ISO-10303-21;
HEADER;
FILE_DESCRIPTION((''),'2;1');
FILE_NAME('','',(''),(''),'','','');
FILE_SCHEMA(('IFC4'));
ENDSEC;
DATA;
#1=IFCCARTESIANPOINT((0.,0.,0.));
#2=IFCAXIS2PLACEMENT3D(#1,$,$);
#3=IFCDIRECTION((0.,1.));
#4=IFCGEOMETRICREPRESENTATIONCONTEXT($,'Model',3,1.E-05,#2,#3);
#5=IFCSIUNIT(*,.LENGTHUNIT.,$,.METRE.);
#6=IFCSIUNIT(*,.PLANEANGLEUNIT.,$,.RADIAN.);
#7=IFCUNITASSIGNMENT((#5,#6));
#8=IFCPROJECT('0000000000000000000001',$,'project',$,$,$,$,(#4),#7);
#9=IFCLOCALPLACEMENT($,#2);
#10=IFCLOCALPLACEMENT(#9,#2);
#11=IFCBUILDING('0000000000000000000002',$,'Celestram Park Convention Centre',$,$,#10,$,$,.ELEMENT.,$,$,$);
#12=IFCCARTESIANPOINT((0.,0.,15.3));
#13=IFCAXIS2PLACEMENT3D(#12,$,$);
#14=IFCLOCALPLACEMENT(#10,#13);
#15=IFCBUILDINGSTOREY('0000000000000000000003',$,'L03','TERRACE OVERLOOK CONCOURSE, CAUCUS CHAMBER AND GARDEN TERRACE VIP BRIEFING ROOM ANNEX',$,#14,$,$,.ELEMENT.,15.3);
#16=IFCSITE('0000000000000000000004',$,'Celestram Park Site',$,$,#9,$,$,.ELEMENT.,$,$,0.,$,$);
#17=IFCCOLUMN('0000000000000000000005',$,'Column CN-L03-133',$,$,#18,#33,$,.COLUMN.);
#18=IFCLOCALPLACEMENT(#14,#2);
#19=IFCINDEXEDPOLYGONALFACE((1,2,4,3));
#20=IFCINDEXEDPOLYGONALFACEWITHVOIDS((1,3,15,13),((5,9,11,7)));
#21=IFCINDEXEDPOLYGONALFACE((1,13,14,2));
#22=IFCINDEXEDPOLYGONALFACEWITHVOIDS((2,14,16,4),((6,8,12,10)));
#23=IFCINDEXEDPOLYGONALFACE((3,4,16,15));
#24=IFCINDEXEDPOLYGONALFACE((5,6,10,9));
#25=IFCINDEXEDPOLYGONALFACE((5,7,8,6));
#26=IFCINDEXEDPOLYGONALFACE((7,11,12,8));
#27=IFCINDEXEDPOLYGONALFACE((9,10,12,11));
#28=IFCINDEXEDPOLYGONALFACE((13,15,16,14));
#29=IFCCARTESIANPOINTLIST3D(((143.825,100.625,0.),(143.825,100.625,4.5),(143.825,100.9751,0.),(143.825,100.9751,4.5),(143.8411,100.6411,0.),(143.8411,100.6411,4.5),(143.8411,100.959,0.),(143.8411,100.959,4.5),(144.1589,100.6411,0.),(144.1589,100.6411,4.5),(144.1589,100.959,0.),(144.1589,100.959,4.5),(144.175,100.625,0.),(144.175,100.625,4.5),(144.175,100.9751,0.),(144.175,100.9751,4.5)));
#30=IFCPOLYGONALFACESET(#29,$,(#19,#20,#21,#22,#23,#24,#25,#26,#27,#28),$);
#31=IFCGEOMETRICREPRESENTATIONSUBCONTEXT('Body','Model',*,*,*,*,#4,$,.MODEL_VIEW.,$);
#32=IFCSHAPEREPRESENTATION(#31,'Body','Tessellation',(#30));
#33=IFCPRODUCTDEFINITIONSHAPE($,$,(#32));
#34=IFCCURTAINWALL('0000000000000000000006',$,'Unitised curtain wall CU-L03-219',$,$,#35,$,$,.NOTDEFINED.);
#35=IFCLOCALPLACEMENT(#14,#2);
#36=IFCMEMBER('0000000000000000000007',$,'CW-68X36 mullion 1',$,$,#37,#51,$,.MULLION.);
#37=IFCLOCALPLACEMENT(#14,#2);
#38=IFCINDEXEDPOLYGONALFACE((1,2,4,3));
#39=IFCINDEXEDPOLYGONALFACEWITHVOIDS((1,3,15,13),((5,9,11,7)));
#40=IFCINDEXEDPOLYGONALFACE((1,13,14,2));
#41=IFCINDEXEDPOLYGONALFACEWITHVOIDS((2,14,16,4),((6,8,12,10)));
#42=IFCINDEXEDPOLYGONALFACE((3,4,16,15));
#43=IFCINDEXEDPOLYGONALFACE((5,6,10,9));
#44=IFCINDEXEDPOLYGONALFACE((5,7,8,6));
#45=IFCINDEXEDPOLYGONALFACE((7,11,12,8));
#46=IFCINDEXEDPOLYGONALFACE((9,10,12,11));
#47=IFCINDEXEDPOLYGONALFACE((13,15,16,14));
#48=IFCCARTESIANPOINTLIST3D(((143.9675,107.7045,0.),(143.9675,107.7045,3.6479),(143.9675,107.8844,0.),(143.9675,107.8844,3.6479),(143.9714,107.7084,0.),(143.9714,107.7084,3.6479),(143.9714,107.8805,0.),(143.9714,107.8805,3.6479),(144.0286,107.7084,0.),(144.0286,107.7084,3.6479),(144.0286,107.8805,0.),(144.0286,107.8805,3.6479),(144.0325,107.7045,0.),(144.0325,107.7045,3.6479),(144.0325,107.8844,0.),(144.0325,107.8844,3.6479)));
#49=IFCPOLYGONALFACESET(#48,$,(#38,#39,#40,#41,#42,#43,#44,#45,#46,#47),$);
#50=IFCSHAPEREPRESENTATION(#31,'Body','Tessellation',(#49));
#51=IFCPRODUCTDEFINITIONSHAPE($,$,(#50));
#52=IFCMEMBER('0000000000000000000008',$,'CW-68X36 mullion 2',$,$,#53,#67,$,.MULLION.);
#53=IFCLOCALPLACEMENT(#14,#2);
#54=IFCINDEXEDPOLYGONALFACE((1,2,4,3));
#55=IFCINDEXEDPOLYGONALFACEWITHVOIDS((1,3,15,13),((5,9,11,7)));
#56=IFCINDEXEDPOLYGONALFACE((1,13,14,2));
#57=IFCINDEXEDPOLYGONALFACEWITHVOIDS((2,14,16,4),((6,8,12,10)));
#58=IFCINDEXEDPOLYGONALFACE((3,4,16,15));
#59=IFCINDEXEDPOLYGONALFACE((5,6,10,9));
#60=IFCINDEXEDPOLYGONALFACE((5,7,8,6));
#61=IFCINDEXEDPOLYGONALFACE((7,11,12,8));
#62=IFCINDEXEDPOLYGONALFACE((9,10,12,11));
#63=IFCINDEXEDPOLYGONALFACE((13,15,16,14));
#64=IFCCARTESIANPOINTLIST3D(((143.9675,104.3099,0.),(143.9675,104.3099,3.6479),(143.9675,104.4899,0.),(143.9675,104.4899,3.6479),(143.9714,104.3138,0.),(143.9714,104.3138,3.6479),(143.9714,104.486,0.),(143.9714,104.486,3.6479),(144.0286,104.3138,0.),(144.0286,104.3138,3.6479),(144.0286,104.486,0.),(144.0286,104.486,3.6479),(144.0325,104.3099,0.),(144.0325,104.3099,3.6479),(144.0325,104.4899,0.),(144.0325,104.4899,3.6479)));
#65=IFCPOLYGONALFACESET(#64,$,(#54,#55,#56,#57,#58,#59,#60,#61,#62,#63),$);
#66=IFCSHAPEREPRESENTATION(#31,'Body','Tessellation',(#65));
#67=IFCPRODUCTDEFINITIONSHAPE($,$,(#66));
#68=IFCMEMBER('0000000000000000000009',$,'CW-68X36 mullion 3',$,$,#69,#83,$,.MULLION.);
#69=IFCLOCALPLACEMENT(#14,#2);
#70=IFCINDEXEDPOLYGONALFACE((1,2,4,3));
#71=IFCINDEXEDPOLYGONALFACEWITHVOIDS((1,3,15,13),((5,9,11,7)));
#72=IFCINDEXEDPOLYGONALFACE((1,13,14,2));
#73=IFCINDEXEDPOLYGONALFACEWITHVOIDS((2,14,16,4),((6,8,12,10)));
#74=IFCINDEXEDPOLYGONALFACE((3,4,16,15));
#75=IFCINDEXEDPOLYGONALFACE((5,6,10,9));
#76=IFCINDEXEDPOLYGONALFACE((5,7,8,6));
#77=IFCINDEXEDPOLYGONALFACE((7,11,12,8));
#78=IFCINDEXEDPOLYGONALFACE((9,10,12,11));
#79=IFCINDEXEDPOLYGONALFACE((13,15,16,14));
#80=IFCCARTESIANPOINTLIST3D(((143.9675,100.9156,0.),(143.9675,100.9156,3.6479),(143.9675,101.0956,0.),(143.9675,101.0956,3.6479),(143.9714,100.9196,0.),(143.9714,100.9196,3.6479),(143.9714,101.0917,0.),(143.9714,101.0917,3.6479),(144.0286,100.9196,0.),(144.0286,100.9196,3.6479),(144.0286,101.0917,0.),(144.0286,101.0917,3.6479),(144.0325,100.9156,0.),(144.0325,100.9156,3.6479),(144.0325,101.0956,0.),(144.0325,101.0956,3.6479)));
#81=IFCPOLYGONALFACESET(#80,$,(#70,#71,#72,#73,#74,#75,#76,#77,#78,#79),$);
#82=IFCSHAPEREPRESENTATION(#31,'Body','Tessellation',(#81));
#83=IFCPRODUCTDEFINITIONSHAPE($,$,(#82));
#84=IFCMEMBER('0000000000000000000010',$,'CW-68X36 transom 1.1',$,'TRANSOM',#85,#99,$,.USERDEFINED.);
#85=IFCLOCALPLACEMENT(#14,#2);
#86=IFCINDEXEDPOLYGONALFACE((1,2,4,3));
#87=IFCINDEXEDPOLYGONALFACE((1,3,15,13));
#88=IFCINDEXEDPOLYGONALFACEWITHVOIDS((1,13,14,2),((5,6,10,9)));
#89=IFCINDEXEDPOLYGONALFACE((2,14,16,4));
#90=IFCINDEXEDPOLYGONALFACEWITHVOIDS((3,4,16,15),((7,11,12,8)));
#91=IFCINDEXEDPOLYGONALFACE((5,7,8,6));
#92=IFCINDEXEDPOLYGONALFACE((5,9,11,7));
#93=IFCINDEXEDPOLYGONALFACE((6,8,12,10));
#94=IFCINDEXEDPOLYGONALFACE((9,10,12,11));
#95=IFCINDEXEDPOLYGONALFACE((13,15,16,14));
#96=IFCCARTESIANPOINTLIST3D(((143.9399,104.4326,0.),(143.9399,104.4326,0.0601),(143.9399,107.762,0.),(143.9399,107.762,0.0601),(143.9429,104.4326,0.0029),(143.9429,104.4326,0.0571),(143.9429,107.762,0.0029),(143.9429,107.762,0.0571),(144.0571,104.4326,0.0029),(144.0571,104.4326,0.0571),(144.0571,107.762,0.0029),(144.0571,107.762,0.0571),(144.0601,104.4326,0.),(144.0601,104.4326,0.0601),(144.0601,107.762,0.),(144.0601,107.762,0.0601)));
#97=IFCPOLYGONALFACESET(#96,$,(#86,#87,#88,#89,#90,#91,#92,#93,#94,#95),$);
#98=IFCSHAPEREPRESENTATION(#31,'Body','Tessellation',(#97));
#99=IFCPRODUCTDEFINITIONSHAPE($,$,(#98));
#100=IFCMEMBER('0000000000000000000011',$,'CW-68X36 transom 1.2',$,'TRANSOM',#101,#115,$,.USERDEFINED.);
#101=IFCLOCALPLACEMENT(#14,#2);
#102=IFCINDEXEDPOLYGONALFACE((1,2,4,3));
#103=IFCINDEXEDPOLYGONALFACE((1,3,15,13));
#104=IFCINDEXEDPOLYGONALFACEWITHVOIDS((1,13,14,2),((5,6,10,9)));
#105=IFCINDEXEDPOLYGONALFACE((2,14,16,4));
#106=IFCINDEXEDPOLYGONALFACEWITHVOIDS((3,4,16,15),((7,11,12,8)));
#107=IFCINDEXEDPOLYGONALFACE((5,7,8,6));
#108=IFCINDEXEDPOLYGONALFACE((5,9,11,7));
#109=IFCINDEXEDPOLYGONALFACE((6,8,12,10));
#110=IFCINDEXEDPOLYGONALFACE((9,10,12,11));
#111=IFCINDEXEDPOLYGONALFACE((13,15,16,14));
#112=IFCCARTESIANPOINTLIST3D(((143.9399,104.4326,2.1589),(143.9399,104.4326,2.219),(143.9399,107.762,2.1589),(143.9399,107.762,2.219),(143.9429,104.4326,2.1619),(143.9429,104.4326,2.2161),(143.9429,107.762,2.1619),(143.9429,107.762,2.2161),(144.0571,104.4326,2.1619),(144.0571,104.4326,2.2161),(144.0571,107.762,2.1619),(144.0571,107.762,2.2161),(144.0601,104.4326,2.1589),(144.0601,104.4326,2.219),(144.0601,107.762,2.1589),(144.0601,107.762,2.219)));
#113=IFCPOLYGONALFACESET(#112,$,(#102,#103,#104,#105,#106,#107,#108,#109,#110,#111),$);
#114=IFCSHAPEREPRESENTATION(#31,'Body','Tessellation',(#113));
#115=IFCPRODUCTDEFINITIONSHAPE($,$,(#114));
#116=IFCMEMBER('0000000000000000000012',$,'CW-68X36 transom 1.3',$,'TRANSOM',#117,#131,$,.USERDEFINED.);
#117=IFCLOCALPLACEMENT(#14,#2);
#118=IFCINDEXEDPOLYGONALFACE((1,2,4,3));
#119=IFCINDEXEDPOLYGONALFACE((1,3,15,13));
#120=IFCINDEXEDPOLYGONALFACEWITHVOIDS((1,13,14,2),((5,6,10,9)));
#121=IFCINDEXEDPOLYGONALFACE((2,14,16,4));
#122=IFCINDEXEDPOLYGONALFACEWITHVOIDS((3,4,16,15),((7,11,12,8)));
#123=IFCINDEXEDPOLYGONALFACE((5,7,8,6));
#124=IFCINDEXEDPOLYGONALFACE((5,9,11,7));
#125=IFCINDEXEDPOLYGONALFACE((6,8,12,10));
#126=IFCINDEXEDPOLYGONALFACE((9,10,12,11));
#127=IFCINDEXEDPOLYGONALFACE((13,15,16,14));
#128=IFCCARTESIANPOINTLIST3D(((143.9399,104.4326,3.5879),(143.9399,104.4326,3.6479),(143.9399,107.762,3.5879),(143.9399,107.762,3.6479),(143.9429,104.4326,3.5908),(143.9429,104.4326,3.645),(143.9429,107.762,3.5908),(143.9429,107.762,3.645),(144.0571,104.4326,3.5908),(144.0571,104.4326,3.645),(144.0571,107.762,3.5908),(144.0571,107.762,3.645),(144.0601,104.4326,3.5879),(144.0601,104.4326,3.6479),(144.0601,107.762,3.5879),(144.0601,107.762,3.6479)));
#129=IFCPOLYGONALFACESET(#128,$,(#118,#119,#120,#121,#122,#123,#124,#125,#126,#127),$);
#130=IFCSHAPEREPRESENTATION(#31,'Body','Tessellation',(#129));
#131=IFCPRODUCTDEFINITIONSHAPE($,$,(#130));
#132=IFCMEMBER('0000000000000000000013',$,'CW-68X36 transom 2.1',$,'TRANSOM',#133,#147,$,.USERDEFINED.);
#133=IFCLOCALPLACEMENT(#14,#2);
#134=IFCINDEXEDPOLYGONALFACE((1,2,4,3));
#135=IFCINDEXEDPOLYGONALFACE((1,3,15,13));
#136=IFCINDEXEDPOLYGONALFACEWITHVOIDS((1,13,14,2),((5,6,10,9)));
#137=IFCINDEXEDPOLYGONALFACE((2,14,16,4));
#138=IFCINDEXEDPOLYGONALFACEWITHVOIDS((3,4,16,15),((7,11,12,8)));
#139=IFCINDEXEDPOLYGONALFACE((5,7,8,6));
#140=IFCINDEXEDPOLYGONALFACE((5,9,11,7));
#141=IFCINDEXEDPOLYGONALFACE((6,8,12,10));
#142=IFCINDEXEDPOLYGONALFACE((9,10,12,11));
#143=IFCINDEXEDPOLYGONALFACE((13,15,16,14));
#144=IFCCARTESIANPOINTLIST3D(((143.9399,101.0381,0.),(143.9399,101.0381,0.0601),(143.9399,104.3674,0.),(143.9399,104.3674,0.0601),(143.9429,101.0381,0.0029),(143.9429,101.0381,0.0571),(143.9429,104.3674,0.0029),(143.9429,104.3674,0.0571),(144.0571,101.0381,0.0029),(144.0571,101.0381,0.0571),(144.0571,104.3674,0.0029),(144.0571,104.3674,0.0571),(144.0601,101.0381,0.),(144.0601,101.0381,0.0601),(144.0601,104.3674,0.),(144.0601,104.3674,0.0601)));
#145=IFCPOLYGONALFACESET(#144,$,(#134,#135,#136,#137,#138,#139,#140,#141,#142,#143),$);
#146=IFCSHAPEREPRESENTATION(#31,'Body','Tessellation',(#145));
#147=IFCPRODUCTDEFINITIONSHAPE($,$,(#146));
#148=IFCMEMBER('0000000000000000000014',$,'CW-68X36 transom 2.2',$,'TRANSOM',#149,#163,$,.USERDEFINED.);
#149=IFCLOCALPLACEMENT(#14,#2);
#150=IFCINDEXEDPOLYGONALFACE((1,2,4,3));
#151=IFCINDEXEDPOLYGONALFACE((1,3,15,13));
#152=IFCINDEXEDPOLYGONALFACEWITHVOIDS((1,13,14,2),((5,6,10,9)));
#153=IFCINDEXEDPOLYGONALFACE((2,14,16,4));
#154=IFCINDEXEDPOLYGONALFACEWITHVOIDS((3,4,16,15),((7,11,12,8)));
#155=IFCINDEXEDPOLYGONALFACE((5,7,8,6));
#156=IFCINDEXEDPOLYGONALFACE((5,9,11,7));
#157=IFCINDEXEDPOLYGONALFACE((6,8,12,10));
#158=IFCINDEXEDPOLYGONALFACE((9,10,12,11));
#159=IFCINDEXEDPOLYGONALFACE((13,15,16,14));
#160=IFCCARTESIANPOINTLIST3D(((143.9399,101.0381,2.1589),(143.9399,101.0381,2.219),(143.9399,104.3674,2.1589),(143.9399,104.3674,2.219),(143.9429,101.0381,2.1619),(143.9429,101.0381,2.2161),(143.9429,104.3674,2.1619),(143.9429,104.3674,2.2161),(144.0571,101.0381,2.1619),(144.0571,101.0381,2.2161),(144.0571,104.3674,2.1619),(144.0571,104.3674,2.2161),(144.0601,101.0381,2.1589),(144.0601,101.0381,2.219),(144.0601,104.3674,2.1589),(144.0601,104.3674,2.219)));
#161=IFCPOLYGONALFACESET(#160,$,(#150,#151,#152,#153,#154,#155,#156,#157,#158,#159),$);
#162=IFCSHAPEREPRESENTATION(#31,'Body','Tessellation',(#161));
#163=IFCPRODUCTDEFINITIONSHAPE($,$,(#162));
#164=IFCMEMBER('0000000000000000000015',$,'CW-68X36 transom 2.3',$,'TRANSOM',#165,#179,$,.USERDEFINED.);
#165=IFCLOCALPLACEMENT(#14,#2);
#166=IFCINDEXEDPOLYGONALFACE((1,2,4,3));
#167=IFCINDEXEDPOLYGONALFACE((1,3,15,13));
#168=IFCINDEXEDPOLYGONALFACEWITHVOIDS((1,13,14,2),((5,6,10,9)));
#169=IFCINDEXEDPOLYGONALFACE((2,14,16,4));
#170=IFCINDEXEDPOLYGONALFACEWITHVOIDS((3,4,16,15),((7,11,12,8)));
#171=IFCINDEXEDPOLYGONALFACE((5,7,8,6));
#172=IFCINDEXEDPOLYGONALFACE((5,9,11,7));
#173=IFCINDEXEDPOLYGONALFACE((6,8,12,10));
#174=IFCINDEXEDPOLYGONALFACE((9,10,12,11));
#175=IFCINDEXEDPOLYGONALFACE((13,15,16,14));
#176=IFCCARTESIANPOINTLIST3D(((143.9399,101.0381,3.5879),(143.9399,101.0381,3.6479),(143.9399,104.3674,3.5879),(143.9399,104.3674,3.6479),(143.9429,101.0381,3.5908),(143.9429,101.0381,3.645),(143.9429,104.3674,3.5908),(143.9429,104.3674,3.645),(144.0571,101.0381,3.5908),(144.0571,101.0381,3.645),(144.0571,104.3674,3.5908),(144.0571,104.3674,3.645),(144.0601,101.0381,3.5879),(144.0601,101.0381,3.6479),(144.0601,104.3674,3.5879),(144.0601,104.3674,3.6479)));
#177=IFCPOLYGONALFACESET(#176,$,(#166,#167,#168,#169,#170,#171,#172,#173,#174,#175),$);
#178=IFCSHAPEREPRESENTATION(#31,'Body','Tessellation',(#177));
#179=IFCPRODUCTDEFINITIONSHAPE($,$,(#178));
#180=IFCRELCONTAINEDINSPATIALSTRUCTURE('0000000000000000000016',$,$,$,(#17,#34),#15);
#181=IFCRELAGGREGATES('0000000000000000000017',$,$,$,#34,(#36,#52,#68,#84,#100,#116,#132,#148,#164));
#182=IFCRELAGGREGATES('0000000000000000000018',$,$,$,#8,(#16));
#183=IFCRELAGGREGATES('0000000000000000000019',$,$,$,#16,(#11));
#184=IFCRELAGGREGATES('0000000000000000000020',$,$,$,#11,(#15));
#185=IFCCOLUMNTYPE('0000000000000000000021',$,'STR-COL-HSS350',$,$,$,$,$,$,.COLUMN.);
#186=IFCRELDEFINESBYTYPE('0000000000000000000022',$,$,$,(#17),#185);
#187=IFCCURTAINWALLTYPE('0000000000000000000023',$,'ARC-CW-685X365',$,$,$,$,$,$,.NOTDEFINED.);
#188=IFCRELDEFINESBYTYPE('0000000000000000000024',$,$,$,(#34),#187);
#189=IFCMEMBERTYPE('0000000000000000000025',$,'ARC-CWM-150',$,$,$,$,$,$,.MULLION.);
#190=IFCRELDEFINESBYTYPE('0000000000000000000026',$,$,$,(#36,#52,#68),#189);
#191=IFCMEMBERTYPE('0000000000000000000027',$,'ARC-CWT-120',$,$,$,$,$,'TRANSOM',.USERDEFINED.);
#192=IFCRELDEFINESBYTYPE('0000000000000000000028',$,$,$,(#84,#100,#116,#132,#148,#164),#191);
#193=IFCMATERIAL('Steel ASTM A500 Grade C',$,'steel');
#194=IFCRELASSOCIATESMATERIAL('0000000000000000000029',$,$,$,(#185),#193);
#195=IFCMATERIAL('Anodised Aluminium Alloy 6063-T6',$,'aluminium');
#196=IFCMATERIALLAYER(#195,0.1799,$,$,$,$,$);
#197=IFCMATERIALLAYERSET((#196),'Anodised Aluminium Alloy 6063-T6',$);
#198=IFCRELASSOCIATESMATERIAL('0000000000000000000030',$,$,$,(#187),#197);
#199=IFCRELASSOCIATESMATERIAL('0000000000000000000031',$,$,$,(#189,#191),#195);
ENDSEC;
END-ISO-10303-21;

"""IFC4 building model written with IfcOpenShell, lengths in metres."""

from ifc_helpers import new_model, si_unit, direction, frame, origin, origin_2d, place, context, subcontext, project, spatial, hollow_rectangle, extrude, material, layer, layer_set, material_profile, profile_set, type_object, element, aggregate, save


model = new_model("IFC4")

# Units and contexts
model_context = context("Model", 3, precision=1e-05, world=origin(), true_north=direction((0.0, 1.0)))
body_context = subcontext(model_context, "Body", "Model", "MODEL_VIEW")
ifc_project = project(units=[si_unit("LENGTHUNIT", "METRE"), si_unit("PLANEANGLEUNIT", "RADIAN")], contexts=[model_context])

# Site, building, storey
site_placement = place(None, origin())
site = spatial("IfcSite", under=ifc_project, at=site_placement, Name="Celestram Park Site", CompositionType="ELEMENT", RefElevation=0.0)
building_placement = place(site_placement, origin())
building = spatial("IfcBuilding", under=site, at=building_placement, Name="Celestram Park Convention Centre", CompositionType="ELEMENT")
storey_placement = place(building_placement, frame((0.0, 0.0, 15.3)))
storey = spatial("IfcBuildingStorey", under=building, at=storey_placement, Name="L03", Description="TERRACE OVERLOOK CONCOURSE, CAUCUS CHAMBER AND GARDEN TERRACE VIP BRIEFING ROOM ANNEX", CompositionType="ELEMENT", Elevation=15.3)

# Column
ifc_material_1 = material(Name="Steel ASTM A500 Grade C", Category="steel")
ifc_material_profile_1 = material_profile(ifc_material_1, hollow_rectangle(XDim=0.3501, YDim=0.3501, WallThickness=0.0161, at=origin_2d()), Name="HSS350X350X16")
ifc_profile_set_1 = profile_set([ifc_material_profile_1], Name="Steel ASTM A500 Grade C")
column_type = type_object("IfcColumnType", Name="STR-COL-HSS350", PredefinedType="COLUMN", material=ifc_profile_set_1)
column_placement = place(storey_placement, frame((144.0, 100.8, 0.0), z_axis=(0.0, 0.0, 1.0), x_axis=(1.0, 0.0, 0.0)))
element("IfcColumn", 1, at=column_placement, inside=storey, type_object=column_type, Name="Column CN-L03-133", PredefinedType="COLUMN", context=body_context, shape_type="SweptSolid", body=[
    extrude(hollow_rectangle(XDim=0.3501, YDim=0.3501, WallThickness=0.0161, at=origin_2d()), origin(), (0.0, 0.0, 1.0), 4.5),
])

# Curtain wall, members
ifc_material_2 = material(Name="Anodised Aluminium Alloy 6063-T6", Category="aluminium")
ifc_layer_1 = layer(ifc_material_2, 0.1799)
ifc_layer_set_1 = layer_set([ifc_layer_1], Name="Anodised Aluminium Alloy 6063-T6")
curtain_wall_type = type_object("IfcCurtainWallType", Name="ARC-CW-685X365", PredefinedType="NOTDEFINED", material=ifc_layer_set_1)
curtain_wall_placement = place(storey_placement, origin())
curtain_wall = element("IfcCurtainWall", 2, at=curtain_wall_placement, inside=storey, type_object=curtain_wall_type, Name="Unitised curtain wall CU-L03-219", PredefinedType="NOTDEFINED")
ifc_material_profile_2 = material_profile(ifc_material_2, hollow_rectangle(XDim=0.0649, YDim=0.1799, WallThickness=0.0039, at=origin_2d()), Name="ALU65X180X4")
ifc_profile_set_2 = profile_set([ifc_material_profile_2], Name="Anodised Aluminium Alloy 6063-T6")
member_type_1 = type_object("IfcMemberType", Name="ARC-CWM-150", PredefinedType="MULLION", material=ifc_profile_set_2)
member_1_placement = place(storey_placement, frame((144.0, 107.7944, 0.0), z_axis=(0.0, 0.0, 1.0), x_axis=(1.0, 0.0, 0.0)))
member_1 = element("IfcMember", 3, at=member_1_placement, type_object=member_type_1, Name="CW-68X36 mullion 1", PredefinedType="MULLION", context=body_context, shape_type="SweptSolid", body=[
    extrude(hollow_rectangle(XDim=0.0649, YDim=0.1799, WallThickness=0.0039, at=origin_2d()), origin(), (0.0, 0.0, 1.0), 3.6479),
])
member_2_placement = place(storey_placement, frame((144.0, 104.3999, 0.0), z_axis=(0.0, 0.0, 1.0), x_axis=(1.0, 0.0, 0.0)))
member_2 = element("IfcMember", 4, at=member_2_placement, type_object=member_type_1, Name="CW-68X36 mullion 2", PredefinedType="MULLION", context=body_context, shape_type="SweptSolid", body=[
    extrude(hollow_rectangle(XDim=0.0649, YDim=0.1799, WallThickness=0.0039, at=origin_2d()), origin(), (0.0, 0.0, 1.0), 3.6479),
])
member_3_placement = place(storey_placement, frame((144.0, 101.0056, 0.0), z_axis=(0.0, 0.0, 1.0), x_axis=(1.0, 0.0, 0.0)))
member_3 = element("IfcMember", 5, at=member_3_placement, type_object=member_type_1, Name="CW-68X36 mullion 3", PredefinedType="MULLION", context=body_context, shape_type="SweptSolid", body=[
    extrude(hollow_rectangle(XDim=0.0649, YDim=0.1799, WallThickness=0.0039, at=origin_2d()), origin(), (0.0, 0.0, 1.0), 3.6479),
])
ifc_material_profile_3 = material_profile(ifc_material_2, hollow_rectangle(XDim=0.1201, YDim=0.0601, WallThickness=0.0029, at=origin_2d()), Name="ALU120X60X3")
ifc_profile_set_3 = profile_set([ifc_material_profile_3], Name="Anodised Aluminium Alloy 6063-T6")
member_type_2 = type_object("IfcMemberType", Name="ARC-CWT-120", ElementType="TRANSOM", PredefinedType="USERDEFINED", material=ifc_profile_set_3)
member_4_placement = place(storey_placement, frame((144.0, 107.762, 0.03), z_axis=(0.0, -1.0, 0.0), x_axis=(1.0, 0.0, 0.0)))
member_4 = element("IfcMember", 6, at=member_4_placement, type_object=member_type_2, Name="CW-68X36 transom 1.1", ObjectType="TRANSOM", PredefinedType="USERDEFINED", context=body_context, shape_type="SweptSolid", body=[
    extrude(hollow_rectangle(XDim=0.1201, YDim=0.0601, WallThickness=0.0029, at=origin_2d()), origin(), (0.0, 0.0, 1.0), 3.3293),
])
member_5_placement = place(storey_placement, frame((144.0, 107.762, 2.189), z_axis=(0.0, -1.0, 0.0), x_axis=(1.0, 0.0, 0.0)))
member_5 = element("IfcMember", 7, at=member_5_placement, type_object=member_type_2, Name="CW-68X36 transom 1.2", ObjectType="TRANSOM", PredefinedType="USERDEFINED", context=body_context, shape_type="SweptSolid", body=[
    extrude(hollow_rectangle(XDim=0.1201, YDim=0.0601, WallThickness=0.0029, at=origin_2d()), origin(), (0.0, 0.0, 1.0), 3.3293),
])
member_6_placement = place(storey_placement, frame((144.0, 107.762, 3.6179), z_axis=(0.0, -1.0, 0.0), x_axis=(1.0, 0.0, 0.0)))
member_6 = element("IfcMember", 8, at=member_6_placement, type_object=member_type_2, Name="CW-68X36 transom 1.3", ObjectType="TRANSOM", PredefinedType="USERDEFINED", context=body_context, shape_type="SweptSolid", body=[
    extrude(hollow_rectangle(XDim=0.1201, YDim=0.0601, WallThickness=0.0029, at=origin_2d()), origin(), (0.0, 0.0, 1.0), 3.3293),
])
member_7_placement = place(storey_placement, frame((144.0, 104.3674, 0.03), z_axis=(0.0, -1.0, 0.0), x_axis=(1.0, 0.0, 0.0)))
member_7 = element("IfcMember", 9, at=member_7_placement, type_object=member_type_2, Name="CW-68X36 transom 2.1", ObjectType="TRANSOM", PredefinedType="USERDEFINED", context=body_context, shape_type="SweptSolid", body=[
    extrude(hollow_rectangle(XDim=0.1201, YDim=0.0601, WallThickness=0.0029, at=origin_2d()), origin(), (0.0, 0.0, 1.0), 3.3293),
])
member_8_placement = place(storey_placement, frame((144.0, 104.3674, 2.189), z_axis=(0.0, -1.0, 0.0), x_axis=(1.0, 0.0, 0.0)))
member_8 = element("IfcMember", 10, at=member_8_placement, type_object=member_type_2, Name="CW-68X36 transom 2.2", ObjectType="TRANSOM", PredefinedType="USERDEFINED", context=body_context, shape_type="SweptSolid", body=[
    extrude(hollow_rectangle(XDim=0.1201, YDim=0.0601, WallThickness=0.0029, at=origin_2d()), origin(), (0.0, 0.0, 1.0), 3.3293),
])
member_9_placement = place(storey_placement, frame((144.0, 104.3674, 3.6179), z_axis=(0.0, -1.0, 0.0), x_axis=(1.0, 0.0, 0.0)))
member_9 = element("IfcMember", 11, at=member_9_placement, type_object=member_type_2, Name="CW-68X36 transom 2.3", ObjectType="TRANSOM", PredefinedType="USERDEFINED", context=body_context, shape_type="SweptSolid", body=[
    extrude(hollow_rectangle(XDim=0.1201, YDim=0.0601, WallThickness=0.0029, at=origin_2d()), origin(), (0.0, 0.0, 1.0), 3.3293),
])

aggregate(curtain_wall, [member_1, member_2, member_3, member_4, member_5, member_6, member_7, member_8, member_9])

save(model, "model.ifc")
